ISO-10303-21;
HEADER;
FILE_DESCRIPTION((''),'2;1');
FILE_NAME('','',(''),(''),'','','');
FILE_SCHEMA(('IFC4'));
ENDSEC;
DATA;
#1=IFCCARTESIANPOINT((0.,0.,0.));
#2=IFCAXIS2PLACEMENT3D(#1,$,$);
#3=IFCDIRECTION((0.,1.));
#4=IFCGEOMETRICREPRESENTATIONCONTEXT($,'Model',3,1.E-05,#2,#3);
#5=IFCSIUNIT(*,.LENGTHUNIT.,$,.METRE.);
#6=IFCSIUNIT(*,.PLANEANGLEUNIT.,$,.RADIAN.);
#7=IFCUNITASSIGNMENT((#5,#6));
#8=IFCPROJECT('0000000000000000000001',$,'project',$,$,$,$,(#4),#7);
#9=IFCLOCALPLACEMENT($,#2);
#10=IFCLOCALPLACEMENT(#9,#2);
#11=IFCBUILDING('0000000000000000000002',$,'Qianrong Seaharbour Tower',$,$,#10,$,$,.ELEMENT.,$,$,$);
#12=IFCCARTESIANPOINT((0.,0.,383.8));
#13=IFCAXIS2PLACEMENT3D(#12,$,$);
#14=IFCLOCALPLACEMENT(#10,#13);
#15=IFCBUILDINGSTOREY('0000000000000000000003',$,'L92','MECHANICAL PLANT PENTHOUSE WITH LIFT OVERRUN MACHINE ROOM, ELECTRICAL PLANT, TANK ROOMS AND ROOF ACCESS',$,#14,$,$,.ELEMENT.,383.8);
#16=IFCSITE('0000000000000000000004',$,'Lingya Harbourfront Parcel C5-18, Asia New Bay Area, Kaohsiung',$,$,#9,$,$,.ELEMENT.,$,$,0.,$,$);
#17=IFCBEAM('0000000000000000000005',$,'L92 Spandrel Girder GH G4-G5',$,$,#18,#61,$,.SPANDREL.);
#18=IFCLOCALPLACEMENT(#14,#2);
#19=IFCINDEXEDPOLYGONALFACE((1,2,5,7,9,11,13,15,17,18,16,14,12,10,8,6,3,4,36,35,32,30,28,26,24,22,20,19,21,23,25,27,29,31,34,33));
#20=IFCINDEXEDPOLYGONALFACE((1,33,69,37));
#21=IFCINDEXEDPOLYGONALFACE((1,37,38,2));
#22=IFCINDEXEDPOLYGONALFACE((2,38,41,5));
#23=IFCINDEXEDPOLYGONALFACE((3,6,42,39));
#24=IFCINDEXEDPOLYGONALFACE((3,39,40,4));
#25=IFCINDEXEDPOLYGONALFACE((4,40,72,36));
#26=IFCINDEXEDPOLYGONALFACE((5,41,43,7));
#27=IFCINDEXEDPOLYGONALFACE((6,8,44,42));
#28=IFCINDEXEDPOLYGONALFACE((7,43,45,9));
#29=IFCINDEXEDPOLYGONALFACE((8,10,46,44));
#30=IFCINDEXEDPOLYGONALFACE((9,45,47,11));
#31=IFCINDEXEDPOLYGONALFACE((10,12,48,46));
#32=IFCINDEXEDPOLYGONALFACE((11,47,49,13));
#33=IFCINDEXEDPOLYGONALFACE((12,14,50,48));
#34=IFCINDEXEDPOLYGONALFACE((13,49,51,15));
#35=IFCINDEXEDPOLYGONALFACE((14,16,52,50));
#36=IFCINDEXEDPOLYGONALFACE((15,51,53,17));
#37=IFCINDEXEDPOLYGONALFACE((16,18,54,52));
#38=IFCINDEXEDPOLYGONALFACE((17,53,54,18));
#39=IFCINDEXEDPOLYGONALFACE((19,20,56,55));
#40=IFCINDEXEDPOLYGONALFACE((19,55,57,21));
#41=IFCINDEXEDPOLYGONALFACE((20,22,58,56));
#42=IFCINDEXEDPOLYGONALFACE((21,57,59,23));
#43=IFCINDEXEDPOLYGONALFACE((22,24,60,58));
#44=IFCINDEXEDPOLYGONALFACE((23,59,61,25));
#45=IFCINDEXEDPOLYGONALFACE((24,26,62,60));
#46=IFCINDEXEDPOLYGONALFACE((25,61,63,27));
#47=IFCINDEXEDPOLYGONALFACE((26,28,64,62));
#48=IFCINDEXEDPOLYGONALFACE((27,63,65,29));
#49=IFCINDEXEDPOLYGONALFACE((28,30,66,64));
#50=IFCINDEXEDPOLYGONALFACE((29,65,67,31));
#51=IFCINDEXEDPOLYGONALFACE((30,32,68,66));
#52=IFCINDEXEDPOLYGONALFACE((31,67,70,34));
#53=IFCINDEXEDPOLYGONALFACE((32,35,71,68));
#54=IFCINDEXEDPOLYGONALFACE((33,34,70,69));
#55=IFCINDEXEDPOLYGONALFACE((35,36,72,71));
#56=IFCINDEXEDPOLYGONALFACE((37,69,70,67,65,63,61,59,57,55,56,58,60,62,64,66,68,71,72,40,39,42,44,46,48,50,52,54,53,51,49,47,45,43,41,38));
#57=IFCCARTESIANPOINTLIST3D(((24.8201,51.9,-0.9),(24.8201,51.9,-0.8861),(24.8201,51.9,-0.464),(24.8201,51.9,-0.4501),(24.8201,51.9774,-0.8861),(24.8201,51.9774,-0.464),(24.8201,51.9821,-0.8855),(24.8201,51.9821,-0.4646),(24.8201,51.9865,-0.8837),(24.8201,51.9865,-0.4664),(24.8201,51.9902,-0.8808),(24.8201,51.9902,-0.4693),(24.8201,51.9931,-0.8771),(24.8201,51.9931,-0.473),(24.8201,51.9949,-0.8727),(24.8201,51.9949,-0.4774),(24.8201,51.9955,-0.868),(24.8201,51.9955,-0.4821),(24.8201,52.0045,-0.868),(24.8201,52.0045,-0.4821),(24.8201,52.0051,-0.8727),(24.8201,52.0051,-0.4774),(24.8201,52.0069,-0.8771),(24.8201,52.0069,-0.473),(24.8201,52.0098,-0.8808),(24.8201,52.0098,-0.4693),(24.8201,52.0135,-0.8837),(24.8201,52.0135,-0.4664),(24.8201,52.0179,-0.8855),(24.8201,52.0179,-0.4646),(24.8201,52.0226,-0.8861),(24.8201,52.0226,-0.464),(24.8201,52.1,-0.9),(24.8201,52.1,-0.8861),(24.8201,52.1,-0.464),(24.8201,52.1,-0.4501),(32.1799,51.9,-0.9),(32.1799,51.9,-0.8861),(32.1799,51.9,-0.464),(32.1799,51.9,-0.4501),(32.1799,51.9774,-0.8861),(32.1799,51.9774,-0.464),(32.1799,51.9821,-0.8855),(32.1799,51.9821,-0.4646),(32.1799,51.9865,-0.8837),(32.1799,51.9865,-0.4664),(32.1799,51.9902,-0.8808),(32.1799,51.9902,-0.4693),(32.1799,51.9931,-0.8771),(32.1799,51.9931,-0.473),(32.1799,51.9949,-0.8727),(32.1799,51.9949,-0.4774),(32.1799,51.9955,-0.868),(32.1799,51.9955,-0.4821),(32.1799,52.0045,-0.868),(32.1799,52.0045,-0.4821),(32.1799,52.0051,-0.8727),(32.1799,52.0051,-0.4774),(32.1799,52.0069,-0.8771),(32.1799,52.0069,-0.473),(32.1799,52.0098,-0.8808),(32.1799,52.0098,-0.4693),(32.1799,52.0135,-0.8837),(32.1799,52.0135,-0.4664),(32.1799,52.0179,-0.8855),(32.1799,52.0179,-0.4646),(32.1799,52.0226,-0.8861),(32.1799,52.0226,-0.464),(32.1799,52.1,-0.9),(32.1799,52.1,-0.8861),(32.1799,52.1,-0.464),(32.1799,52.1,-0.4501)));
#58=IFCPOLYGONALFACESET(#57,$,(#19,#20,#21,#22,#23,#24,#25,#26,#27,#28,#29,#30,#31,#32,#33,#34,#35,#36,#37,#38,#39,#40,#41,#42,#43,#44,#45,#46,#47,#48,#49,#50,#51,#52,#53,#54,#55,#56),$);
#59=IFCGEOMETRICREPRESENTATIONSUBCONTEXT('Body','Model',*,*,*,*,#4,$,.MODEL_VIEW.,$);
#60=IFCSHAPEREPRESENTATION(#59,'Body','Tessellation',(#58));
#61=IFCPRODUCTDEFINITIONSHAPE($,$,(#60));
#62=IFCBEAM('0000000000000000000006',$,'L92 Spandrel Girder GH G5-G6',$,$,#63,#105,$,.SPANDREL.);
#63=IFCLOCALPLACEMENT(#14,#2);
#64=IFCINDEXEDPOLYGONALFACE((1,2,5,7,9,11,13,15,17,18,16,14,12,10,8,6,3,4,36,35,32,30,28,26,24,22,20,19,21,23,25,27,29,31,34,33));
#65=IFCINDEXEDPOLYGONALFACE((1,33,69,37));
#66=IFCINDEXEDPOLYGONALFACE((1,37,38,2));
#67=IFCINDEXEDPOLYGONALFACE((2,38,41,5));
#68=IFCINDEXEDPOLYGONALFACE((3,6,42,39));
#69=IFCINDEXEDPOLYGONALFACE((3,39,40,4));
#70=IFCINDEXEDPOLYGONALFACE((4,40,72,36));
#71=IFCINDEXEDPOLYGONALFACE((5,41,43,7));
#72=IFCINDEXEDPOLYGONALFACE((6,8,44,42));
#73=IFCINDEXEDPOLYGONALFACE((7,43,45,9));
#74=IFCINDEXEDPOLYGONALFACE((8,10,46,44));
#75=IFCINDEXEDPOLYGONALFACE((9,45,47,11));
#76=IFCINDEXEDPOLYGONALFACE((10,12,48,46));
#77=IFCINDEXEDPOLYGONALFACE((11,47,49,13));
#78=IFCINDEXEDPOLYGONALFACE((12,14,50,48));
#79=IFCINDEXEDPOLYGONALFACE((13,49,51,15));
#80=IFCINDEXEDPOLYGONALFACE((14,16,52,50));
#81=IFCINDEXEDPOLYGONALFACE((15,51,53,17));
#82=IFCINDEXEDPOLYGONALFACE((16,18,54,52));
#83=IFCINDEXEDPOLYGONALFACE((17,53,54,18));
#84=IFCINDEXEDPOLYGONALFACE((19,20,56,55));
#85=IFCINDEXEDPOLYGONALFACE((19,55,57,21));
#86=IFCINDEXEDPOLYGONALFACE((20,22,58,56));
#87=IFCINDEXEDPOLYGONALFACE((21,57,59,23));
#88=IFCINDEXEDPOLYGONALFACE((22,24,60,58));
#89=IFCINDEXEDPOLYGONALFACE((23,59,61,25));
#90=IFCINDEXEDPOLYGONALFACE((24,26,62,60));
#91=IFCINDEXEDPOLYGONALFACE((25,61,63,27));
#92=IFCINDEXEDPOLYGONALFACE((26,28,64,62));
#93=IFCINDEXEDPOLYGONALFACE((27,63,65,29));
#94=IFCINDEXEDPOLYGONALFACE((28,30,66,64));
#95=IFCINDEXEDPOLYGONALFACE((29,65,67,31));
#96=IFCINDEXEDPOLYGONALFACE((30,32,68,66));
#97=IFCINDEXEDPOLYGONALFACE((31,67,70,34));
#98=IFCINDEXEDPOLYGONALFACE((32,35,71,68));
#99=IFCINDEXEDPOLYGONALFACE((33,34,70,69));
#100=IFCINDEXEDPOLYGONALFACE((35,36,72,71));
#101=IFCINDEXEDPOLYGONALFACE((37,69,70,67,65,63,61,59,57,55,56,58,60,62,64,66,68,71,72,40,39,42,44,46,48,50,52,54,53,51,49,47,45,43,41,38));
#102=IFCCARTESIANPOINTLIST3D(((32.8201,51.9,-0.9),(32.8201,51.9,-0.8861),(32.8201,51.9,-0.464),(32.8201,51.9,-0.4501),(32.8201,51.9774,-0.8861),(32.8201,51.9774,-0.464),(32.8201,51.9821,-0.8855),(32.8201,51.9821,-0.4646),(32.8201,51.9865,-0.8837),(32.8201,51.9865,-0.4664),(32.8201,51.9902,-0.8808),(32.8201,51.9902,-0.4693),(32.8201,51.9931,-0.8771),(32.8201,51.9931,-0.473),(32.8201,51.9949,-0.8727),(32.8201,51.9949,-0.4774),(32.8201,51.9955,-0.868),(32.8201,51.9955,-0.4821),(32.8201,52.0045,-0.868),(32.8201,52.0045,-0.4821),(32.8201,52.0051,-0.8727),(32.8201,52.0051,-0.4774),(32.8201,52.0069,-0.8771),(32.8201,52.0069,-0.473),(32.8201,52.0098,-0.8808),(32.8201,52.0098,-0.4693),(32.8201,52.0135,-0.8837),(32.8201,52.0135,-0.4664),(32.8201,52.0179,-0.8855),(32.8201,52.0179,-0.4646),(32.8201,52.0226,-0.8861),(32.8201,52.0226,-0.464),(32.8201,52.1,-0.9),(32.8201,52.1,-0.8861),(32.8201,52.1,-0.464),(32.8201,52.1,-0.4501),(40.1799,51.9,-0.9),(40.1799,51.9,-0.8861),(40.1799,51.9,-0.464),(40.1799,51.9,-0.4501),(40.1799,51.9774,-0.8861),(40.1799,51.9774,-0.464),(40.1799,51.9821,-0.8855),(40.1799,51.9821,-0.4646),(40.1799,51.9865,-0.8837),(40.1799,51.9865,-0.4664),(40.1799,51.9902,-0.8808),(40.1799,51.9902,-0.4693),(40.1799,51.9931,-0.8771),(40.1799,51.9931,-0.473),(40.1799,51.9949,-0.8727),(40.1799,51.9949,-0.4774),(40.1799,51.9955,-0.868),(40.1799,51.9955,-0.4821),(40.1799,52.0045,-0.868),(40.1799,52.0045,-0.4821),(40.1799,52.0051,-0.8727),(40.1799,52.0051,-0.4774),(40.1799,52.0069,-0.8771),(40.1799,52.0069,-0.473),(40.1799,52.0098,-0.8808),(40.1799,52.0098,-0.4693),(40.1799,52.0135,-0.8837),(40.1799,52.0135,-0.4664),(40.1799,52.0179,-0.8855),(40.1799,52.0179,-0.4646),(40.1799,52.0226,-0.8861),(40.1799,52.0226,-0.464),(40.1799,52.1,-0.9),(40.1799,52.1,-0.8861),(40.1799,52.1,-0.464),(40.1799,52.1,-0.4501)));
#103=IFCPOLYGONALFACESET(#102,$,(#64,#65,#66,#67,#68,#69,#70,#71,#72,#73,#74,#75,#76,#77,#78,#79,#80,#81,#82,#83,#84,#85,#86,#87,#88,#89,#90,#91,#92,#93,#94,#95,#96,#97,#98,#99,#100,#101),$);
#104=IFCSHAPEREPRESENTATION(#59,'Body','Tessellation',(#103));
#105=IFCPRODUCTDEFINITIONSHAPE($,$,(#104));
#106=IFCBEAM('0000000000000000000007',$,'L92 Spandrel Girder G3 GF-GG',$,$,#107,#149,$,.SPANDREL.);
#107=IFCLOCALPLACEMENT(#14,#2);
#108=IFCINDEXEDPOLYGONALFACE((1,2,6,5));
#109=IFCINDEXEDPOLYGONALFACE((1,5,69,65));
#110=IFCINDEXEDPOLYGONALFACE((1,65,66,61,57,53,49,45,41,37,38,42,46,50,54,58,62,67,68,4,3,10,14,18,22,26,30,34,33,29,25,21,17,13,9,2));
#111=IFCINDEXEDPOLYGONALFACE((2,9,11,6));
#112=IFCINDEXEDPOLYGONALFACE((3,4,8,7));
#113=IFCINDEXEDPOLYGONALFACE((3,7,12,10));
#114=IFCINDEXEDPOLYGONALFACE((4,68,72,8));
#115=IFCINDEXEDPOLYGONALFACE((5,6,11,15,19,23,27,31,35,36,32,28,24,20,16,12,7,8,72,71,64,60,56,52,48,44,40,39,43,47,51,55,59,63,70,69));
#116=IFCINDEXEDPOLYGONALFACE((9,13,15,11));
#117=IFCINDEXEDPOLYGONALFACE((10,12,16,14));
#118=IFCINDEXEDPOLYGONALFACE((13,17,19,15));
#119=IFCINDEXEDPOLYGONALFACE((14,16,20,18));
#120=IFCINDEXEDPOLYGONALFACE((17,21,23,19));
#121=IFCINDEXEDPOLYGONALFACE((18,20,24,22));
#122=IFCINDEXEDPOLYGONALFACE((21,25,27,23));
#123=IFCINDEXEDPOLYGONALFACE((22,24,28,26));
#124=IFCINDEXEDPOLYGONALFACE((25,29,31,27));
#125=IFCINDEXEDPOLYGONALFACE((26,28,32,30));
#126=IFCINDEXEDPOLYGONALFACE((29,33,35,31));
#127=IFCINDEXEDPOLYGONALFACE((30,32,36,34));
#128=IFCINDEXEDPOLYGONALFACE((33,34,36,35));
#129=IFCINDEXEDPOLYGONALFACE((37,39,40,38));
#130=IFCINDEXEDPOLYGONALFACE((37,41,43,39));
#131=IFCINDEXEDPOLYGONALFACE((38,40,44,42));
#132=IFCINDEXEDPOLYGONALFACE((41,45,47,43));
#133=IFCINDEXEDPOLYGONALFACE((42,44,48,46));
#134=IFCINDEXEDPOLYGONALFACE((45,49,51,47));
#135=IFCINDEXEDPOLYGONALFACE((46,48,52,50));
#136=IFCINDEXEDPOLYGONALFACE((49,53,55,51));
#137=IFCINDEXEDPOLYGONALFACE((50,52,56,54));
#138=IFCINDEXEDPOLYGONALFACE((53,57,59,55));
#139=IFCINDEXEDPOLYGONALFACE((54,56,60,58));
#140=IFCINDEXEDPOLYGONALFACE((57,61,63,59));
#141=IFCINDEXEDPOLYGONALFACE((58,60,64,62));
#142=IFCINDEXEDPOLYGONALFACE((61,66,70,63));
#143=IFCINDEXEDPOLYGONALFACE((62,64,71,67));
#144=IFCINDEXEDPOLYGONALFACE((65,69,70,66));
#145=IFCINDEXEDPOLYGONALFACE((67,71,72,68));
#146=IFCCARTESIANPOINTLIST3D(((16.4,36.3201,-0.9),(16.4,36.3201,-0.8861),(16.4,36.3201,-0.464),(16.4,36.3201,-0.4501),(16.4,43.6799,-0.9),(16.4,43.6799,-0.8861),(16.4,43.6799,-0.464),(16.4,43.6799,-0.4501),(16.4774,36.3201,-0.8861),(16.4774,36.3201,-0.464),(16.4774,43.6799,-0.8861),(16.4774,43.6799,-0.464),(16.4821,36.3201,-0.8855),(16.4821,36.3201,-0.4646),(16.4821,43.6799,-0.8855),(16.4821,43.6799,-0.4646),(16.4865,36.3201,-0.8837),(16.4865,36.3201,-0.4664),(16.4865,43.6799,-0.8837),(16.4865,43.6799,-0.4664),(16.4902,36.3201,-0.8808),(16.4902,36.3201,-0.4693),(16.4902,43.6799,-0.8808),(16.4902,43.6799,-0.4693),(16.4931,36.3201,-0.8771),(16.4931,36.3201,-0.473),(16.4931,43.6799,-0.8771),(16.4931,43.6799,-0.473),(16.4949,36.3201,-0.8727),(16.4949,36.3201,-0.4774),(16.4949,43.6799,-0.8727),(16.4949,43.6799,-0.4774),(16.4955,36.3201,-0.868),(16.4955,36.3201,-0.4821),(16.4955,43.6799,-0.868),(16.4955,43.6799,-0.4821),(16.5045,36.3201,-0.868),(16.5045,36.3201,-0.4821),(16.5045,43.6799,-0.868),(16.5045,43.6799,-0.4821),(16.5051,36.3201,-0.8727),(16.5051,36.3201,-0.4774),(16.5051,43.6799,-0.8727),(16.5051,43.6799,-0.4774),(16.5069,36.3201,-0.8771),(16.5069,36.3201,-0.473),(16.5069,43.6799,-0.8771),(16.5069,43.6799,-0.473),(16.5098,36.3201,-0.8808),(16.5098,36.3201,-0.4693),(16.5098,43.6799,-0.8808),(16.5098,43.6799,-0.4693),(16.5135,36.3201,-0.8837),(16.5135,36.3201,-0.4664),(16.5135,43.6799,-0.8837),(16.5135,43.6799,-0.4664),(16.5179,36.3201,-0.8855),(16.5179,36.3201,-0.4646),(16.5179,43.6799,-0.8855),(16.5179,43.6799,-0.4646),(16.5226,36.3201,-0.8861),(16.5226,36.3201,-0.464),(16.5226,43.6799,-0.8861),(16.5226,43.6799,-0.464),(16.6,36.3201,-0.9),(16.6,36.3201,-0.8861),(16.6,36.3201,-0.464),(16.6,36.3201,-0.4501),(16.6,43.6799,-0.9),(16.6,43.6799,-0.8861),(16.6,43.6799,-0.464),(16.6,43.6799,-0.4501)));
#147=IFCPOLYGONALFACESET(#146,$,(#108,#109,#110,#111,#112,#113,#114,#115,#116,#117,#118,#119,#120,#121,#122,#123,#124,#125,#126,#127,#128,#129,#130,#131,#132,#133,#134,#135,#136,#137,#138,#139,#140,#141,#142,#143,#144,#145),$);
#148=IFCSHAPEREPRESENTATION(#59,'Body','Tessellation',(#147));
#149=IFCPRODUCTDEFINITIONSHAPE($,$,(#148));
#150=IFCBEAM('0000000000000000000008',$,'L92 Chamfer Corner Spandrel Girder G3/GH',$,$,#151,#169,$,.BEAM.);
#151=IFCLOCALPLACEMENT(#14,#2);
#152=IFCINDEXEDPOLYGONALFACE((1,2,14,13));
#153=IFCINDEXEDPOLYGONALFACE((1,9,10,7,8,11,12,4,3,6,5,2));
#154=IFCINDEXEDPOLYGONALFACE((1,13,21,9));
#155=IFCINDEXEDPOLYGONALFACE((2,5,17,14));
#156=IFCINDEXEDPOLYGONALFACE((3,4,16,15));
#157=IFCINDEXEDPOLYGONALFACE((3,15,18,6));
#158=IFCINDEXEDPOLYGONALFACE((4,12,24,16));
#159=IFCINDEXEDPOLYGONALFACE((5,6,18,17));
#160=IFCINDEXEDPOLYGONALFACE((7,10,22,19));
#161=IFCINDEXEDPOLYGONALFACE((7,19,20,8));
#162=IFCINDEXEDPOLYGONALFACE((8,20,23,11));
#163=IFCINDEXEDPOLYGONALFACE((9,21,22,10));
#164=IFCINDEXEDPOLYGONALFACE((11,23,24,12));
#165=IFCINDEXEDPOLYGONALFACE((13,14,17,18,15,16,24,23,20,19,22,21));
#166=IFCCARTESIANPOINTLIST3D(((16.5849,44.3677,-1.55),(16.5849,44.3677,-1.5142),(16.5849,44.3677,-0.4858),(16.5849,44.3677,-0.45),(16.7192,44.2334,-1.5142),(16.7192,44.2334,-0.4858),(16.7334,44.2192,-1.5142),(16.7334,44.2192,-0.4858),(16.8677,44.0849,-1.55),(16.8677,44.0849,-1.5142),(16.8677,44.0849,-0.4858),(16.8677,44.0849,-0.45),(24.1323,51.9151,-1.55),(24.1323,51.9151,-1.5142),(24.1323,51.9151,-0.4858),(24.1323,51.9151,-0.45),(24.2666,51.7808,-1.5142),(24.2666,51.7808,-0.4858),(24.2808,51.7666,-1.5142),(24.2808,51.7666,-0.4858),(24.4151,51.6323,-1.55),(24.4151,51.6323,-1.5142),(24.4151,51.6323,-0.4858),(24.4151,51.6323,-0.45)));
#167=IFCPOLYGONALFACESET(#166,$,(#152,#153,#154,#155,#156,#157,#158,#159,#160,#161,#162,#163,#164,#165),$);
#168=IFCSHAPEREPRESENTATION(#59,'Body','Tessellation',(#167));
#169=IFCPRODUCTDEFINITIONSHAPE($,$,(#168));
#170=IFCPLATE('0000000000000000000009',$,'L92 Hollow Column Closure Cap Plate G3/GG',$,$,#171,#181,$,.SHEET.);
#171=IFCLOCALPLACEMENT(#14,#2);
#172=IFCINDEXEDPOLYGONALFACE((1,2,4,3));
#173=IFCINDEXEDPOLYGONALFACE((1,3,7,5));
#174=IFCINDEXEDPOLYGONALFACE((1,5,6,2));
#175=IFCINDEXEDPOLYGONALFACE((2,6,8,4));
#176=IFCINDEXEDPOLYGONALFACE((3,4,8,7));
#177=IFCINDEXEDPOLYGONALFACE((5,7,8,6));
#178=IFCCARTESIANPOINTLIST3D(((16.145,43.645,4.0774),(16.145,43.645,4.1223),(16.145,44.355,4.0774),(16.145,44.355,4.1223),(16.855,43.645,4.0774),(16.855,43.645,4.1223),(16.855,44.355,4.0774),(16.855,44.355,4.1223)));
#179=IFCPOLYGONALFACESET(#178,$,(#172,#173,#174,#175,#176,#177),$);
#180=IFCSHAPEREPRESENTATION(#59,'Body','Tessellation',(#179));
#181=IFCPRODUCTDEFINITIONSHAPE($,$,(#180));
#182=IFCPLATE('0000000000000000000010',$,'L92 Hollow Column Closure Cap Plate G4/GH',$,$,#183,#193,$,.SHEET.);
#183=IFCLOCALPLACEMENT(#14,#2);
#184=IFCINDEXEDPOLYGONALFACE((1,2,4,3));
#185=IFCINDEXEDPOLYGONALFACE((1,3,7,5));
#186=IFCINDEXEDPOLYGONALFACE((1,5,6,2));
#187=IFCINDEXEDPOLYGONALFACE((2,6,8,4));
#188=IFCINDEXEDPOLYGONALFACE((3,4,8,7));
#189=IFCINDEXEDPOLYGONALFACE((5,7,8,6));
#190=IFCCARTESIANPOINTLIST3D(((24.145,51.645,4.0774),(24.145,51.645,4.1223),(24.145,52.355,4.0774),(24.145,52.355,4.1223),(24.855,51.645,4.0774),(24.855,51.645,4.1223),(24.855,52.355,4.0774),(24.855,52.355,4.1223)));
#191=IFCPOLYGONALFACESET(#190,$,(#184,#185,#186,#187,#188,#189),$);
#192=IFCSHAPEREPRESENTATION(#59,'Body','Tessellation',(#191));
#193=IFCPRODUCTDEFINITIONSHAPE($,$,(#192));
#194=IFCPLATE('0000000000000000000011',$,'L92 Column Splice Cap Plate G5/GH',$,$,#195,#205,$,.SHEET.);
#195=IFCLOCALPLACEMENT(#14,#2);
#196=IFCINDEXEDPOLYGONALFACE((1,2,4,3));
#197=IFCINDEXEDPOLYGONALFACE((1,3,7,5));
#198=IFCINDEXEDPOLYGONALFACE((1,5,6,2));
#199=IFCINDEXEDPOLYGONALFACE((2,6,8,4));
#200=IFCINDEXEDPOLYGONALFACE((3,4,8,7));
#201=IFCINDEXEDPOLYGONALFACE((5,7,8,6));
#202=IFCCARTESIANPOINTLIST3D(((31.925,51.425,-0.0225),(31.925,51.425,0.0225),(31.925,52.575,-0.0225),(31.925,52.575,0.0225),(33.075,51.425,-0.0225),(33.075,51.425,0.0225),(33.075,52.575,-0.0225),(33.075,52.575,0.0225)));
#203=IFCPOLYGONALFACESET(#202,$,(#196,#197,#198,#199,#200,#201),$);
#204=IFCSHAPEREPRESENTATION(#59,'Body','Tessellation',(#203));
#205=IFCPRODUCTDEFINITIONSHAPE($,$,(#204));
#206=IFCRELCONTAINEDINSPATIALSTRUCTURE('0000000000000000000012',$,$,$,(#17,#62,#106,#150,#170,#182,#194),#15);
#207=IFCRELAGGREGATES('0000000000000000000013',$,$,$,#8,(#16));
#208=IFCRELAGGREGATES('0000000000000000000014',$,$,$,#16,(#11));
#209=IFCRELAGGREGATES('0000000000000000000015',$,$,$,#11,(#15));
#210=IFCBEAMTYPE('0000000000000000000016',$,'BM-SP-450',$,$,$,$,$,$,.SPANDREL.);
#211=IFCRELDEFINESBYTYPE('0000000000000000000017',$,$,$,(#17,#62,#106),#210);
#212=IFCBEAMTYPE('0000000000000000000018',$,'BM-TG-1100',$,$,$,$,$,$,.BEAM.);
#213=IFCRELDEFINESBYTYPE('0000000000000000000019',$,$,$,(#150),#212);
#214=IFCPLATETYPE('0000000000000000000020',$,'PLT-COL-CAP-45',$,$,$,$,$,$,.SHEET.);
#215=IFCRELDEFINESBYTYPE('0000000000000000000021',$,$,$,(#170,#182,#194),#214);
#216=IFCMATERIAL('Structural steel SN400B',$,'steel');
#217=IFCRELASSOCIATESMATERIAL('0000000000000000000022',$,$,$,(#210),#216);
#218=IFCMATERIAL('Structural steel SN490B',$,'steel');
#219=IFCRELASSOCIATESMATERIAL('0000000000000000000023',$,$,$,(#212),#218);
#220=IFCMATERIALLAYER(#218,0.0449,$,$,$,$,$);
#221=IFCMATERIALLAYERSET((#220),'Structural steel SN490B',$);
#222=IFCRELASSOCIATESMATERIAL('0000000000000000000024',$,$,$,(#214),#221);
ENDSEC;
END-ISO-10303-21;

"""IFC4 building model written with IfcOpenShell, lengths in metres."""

from ifc_helpers import new_model, si_unit, direction, frame, origin, origin_2d, place, context, subcontext, project, spatial, rectangle, i_section, extrude, material, layer, layer_set, material_profile, profile_set, type_object, element, save


model = new_model("IFC4")

# Units and contexts
model_context = context("Model", 3, precision=1e-05, world=origin(), true_north=direction((0.0, 1.0)))
body_context = subcontext(model_context, "Body", "Model", "MODEL_VIEW")
ifc_project = project(units=[si_unit("LENGTHUNIT", "METRE"), si_unit("PLANEANGLEUNIT", "RADIAN")], contexts=[model_context])

# Site, building, storey
site_placement = place(None, origin())
site = spatial("IfcSite", under=ifc_project, at=site_placement, Name="Lingya Harbourfront Parcel C5-18, Asia New Bay Area, Kaohsiung", CompositionType="ELEMENT", RefElevation=0.0)
building_placement = place(site_placement, origin())
building = spatial("IfcBuilding", under=site, at=building_placement, Name="Qianrong Seaharbour Tower", CompositionType="ELEMENT")
storey_placement = place(building_placement, frame((0.0, 0.0, 383.8)))
storey = spatial("IfcBuildingStorey", under=building, at=storey_placement, Name="L92", Description="MECHANICAL PLANT PENTHOUSE WITH LIFT OVERRUN MACHINE ROOM, ELECTRICAL PLANT, TANK ROOMS AND ROOF ACCESS", CompositionType="ELEMENT", Elevation=383.8)

# Shared definitions
ifc_material_1 = material(Name="Structural steel SN490B", Category="steel")
ifc_material_2 = material(Name="Structural steel SN400B", Category="steel")

# Beams
ifc_material_profile_1 = material_profile(ifc_material_2, i_section(OverallWidth=0.2, OverallDepth=0.45, WebThickness=0.009, FlangeThickness=0.0139, FilletRadius=0.0181, at=origin_2d()), Name="H450x200x9x14")
ifc_profile_set_1 = profile_set([ifc_material_profile_1], Name="Structural steel SN400B")
beam_type_1 = type_object("IfcBeamType", Name="BM-SP-450", PredefinedType="SPANDREL", material=ifc_profile_set_1)
for number, where, z_axis, x_axis, name in (
    (1, (24.8201, 52.0, -0.675), (1.0, 0.0, 0.0), (0.0, 1.0, 0.0), "L92 Spandrel Girder GH G4-G5"),
    (2, (32.8201, 52.0, -0.675), (1.0, 0.0, 0.0), (0.0, 1.0, 0.0), "L92 Spandrel Girder GH G5-G6"),
    (3, (16.5, 36.3201, -0.675), (0.0, 1.0, 0.0), (-1.0, 0.0, 0.0), "L92 Spandrel Girder G3 GF-GG"),
):
    element("IfcBeam", number, at=place(storey_placement, frame(where, z_axis=z_axis, x_axis=x_axis)), inside=storey, type_object=beam_type_1, Name=name, PredefinedType="SPANDREL", context=body_context, shape_type="SweptSolid", body=[
        extrude(i_section(OverallWidth=0.2, OverallDepth=0.45, WebThickness=0.009, FlangeThickness=0.0139, FilletRadius=0.0181, at=origin_2d()), origin(), (0.0, 0.0, 1.0), 7.3599),
    ])
ifc_material_profile_2 = material_profile(ifc_material_1, i_section(OverallWidth=0.3999, OverallDepth=1.1001, WebThickness=0.02, FlangeThickness=0.0359, at=origin_2d()), Name="BH1100x400x20x36")
ifc_profile_set_2 = profile_set([ifc_material_profile_2], Name="Structural steel SN490B")
beam_type_2 = type_object("IfcBeamType", Name="BM-TG-1100", PredefinedType="BEAM", material=ifc_profile_set_2)
beam_1_placement = place(storey_placement, frame((24.2737, 51.7737, -1.0), z_axis=(-0.707107, -0.707107, 0.0), x_axis=(0.707107, -0.707107, 0.0)))
element("IfcBeam", 4, at=beam_1_placement, inside=storey, type_object=beam_type_2, Name="L92 Chamfer Corner Spandrel Girder G3/GH", PredefinedType="BEAM", context=body_context, shape_type="SweptSolid", body=[
    extrude(i_section(OverallWidth=0.3999, OverallDepth=1.1001, WebThickness=0.02, FlangeThickness=0.0359, at=origin_2d()), origin(), (0.0, 0.0, 1.0), 10.6736),
])

# Plates
ifc_layer_1 = layer(ifc_material_1, 0.0449)
ifc_layer_set_1 = layer_set([ifc_layer_1], Name="Structural steel SN490B")
plate_type = type_object("IfcPlateType", Name="PLT-COL-CAP-45", PredefinedType="SHEET", material=ifc_layer_set_1)
for number, where, z_axis, x_axis, name in (
    (5, (16.5, 44.0, 4.0774), (0.0, 0.0, 1.0), (1.0, 0.0, 0.0), "L92 Hollow Column Closure Cap Plate G3/GG"),
    (6, (24.5, 52.0, 4.0774), (0.0, 0.0, 1.0), (1.0, 0.0, 0.0), "L92 Hollow Column Closure Cap Plate G4/GH"),
):
    element("IfcPlate", number, at=place(storey_placement, frame(where, z_axis=z_axis, x_axis=x_axis)), inside=storey, type_object=plate_type, Name=name, PredefinedType="SHEET", context=body_context, shape_type="SweptSolid", body=[
        extrude(rectangle(XDim=0.71, YDim=0.71, at=origin_2d()), origin(), (0.0, 0.0, 1.0), 0.0449),
    ])
plate_1_placement = place(storey_placement, frame((32.5, 52.0, -0.0225), z_axis=(0.0, 0.0, 1.0), x_axis=(1.0, 0.0, 0.0)))
element("IfcPlate", 7, at=plate_1_placement, inside=storey, type_object=plate_type, Name="L92 Column Splice Cap Plate G5/GH", PredefinedType="SHEET", context=body_context, shape_type="SweptSolid", body=[
    extrude(rectangle(XDim=1.1499, YDim=1.1499, at=origin_2d()), origin(), (0.0, 0.0, 1.0), 0.0449),
])

save(model, "model.ifc")
